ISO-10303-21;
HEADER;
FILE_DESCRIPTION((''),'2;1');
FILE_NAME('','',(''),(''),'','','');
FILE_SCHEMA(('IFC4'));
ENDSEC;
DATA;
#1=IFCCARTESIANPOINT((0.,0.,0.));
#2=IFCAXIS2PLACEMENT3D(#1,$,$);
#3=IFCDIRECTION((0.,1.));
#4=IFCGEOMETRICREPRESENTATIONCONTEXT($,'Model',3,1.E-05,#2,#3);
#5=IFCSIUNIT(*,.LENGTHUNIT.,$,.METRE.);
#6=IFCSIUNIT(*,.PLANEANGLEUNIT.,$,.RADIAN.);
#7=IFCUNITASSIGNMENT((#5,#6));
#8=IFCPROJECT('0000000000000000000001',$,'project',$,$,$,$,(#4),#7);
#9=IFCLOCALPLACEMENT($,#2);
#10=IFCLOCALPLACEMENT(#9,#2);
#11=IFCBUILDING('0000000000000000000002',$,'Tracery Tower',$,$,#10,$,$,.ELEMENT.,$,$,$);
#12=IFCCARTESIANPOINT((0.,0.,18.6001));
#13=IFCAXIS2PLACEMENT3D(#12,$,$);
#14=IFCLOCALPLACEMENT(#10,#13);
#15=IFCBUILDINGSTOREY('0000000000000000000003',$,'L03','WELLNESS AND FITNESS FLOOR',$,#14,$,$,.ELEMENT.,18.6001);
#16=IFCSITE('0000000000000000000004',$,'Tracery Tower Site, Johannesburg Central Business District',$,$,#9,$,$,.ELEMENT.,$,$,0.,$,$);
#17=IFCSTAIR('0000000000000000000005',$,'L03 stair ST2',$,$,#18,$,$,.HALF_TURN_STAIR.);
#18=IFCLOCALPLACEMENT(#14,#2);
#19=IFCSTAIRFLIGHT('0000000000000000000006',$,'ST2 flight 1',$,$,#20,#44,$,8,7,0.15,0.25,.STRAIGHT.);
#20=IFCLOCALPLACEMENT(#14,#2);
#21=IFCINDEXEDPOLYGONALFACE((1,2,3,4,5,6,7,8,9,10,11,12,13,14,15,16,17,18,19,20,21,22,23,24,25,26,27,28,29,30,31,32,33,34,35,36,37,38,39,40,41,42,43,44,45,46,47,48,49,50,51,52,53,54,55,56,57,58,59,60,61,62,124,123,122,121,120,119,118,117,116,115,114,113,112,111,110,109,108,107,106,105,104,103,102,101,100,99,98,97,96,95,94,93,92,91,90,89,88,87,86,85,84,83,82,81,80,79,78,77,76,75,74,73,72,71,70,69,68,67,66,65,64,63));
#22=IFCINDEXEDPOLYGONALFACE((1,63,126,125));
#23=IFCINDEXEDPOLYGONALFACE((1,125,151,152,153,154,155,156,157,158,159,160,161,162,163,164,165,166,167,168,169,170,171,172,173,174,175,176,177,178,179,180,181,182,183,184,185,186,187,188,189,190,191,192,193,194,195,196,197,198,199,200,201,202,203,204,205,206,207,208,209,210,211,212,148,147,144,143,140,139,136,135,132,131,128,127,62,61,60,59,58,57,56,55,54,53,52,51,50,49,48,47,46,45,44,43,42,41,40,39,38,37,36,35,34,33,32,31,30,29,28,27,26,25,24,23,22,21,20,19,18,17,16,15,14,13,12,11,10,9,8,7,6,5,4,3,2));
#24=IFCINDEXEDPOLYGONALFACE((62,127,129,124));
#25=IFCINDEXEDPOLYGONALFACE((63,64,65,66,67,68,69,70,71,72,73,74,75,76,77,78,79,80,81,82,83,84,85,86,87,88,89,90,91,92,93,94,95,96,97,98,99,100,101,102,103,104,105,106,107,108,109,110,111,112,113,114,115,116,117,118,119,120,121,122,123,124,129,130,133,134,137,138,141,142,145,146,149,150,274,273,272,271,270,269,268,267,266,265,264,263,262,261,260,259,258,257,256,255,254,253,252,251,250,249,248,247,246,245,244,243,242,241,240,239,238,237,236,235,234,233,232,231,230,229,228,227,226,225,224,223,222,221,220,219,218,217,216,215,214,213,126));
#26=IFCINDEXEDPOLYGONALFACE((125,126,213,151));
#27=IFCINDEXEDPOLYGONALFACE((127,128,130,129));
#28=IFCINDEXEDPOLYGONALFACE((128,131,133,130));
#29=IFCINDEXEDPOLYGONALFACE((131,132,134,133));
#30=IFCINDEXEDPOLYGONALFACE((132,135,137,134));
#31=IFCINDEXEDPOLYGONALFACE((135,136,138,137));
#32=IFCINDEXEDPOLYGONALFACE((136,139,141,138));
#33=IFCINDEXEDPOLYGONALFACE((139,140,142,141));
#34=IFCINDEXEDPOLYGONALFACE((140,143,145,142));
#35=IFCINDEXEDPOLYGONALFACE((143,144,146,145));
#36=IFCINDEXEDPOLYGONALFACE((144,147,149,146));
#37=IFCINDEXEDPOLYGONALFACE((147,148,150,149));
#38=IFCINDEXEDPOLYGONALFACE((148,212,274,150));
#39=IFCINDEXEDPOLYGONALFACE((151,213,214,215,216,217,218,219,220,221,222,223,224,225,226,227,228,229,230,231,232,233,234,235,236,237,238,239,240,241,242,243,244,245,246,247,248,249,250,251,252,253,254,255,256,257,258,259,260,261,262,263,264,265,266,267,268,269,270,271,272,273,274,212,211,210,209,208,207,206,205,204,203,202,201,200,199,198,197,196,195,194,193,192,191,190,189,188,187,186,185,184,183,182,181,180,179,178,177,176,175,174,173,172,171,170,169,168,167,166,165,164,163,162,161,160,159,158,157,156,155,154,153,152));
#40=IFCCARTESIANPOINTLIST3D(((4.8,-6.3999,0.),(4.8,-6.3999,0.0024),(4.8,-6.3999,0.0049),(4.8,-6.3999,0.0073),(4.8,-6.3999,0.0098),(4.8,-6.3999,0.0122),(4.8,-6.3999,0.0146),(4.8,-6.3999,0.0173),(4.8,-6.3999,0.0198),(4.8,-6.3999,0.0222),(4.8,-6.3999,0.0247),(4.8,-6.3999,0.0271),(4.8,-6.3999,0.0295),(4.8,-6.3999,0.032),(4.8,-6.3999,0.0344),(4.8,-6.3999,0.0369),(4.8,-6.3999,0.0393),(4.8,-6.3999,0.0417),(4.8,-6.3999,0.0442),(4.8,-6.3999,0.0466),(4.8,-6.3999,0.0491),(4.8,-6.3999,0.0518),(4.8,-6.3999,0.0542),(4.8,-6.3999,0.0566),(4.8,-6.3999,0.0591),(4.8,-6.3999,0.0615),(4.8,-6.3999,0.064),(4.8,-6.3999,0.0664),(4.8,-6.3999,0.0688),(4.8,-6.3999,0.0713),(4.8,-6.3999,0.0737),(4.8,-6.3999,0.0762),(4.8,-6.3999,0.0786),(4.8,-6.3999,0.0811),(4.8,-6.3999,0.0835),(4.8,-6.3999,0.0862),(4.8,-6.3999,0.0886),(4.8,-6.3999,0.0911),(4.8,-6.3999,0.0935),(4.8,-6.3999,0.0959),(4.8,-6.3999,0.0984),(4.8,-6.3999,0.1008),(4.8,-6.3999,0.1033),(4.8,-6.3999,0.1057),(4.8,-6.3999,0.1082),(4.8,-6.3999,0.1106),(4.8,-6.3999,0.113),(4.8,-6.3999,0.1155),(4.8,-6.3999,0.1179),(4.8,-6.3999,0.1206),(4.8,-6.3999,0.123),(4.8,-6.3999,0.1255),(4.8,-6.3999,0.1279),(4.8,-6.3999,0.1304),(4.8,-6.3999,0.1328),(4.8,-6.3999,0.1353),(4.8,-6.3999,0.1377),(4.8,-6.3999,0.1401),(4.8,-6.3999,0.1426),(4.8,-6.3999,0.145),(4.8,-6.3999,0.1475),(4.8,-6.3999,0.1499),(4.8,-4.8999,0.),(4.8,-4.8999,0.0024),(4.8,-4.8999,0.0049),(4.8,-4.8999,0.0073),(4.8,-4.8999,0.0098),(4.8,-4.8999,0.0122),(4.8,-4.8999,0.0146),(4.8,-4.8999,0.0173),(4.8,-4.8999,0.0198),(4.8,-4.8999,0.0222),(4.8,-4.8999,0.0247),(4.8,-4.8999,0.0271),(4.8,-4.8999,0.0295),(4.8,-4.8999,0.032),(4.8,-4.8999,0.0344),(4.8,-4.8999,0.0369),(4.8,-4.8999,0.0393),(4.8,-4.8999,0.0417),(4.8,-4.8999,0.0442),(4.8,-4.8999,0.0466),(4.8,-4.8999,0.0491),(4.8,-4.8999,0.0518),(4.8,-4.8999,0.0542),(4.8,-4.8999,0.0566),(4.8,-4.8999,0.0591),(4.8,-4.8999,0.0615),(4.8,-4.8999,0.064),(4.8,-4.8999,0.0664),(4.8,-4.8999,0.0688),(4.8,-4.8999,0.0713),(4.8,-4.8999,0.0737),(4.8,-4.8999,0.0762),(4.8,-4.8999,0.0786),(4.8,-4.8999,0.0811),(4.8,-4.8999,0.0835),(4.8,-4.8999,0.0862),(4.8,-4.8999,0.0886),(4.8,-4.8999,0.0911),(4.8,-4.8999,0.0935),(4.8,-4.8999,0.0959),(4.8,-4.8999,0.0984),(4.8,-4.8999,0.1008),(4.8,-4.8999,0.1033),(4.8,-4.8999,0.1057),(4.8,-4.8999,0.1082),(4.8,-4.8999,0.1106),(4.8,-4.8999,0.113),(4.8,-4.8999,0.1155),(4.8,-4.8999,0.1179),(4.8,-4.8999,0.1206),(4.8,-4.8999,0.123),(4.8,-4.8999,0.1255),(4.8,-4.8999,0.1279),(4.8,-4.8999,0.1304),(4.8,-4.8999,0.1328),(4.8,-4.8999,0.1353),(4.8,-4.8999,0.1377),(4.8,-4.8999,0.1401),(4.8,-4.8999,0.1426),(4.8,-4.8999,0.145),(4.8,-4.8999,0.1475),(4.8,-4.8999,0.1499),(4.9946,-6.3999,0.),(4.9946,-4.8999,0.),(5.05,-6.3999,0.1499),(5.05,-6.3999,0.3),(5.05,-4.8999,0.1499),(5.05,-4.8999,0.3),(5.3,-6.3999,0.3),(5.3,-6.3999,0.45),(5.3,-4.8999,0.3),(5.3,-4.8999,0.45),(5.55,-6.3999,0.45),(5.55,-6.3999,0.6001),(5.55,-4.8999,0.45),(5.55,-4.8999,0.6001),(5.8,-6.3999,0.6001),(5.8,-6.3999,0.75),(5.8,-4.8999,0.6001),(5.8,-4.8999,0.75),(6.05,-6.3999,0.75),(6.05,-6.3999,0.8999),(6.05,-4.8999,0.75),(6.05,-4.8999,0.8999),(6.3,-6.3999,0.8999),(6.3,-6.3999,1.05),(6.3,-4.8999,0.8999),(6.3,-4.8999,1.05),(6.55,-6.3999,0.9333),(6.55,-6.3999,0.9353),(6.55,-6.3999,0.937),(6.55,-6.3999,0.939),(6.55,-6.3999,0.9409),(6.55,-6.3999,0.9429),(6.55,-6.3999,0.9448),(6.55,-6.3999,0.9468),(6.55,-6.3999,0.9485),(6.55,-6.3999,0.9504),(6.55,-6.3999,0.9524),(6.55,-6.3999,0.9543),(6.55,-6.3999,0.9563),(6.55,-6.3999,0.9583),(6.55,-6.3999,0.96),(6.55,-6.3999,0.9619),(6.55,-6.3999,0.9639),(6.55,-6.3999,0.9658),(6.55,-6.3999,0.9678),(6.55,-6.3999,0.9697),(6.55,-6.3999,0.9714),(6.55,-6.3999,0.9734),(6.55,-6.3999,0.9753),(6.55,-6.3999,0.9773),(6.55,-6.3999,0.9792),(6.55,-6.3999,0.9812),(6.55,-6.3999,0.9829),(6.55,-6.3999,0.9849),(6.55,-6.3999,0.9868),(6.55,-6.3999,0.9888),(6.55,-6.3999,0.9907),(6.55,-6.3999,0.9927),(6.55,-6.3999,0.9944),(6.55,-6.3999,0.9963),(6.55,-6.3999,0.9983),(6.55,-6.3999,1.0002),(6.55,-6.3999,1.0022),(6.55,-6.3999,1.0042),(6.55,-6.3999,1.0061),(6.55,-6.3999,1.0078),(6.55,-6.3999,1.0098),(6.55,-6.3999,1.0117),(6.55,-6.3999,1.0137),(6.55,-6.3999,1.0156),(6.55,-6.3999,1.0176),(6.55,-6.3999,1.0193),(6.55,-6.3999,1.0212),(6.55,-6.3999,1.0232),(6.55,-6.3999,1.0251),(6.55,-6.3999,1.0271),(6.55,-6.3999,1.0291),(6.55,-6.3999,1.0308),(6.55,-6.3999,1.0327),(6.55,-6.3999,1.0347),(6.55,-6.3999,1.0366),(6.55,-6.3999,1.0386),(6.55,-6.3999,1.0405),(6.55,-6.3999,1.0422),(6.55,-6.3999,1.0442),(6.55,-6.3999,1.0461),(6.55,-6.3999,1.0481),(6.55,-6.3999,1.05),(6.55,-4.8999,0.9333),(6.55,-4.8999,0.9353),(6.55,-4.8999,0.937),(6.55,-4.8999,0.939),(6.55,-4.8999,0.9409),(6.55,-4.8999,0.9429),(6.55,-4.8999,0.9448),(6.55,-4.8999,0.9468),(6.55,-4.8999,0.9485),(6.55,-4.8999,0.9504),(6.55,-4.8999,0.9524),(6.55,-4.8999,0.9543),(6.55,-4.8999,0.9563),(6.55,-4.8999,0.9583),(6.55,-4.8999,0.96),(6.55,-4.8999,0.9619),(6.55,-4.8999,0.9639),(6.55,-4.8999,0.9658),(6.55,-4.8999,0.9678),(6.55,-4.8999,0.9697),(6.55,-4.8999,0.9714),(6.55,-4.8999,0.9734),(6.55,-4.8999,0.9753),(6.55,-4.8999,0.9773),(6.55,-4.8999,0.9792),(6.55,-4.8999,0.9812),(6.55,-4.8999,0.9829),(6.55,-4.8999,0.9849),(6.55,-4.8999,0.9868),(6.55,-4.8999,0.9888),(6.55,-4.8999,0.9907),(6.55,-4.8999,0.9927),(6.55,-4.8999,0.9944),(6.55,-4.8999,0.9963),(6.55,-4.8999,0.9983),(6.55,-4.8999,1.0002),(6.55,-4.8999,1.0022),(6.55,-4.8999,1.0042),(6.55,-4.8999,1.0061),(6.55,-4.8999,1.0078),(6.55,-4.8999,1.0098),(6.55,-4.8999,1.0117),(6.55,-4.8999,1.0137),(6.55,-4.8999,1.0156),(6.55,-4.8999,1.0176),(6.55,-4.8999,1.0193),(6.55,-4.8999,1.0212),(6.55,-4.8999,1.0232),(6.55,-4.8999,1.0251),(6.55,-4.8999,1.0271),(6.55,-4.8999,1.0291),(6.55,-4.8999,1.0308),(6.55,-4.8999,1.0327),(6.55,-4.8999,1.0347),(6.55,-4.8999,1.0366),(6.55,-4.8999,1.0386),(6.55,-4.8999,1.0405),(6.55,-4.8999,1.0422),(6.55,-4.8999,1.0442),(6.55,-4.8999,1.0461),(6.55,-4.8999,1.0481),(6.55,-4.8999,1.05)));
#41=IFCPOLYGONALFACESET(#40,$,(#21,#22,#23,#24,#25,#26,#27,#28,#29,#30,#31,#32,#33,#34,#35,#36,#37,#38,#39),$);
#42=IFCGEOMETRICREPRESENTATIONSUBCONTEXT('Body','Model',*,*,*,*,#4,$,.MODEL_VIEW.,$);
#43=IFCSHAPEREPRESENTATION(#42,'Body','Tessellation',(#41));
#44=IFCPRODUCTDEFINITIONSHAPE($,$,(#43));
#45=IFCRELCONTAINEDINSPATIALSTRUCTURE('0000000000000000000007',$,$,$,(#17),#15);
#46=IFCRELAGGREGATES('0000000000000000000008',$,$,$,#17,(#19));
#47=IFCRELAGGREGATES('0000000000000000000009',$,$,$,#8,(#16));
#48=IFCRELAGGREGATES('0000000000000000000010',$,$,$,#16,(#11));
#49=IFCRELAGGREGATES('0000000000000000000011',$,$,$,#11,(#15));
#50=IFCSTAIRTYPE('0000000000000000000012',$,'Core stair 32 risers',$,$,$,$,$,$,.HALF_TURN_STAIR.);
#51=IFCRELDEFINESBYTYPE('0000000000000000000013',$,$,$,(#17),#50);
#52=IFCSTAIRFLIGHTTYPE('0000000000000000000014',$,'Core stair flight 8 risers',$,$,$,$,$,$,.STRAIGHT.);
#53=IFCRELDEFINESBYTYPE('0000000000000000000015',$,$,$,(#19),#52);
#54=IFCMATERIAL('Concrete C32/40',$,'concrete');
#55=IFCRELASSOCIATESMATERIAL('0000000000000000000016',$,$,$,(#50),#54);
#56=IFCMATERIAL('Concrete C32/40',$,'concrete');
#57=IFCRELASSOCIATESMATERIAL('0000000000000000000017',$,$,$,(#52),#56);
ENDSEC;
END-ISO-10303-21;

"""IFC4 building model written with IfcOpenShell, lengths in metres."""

from ifc_helpers import new_model, si_unit, direction, frame, origin, place, context, subcontext, project, spatial, polyline, outline, extrude, material, type_object, element, aggregate, save


model = new_model("IFC4")

# Units and contexts
model_context = context("Model", 3, precision=1e-05, world=origin(), true_north=direction((0.0, 1.0)))
body_context = subcontext(model_context, "Body", "Model", "MODEL_VIEW")
ifc_project = project(units=[si_unit("LENGTHUNIT", "METRE"), si_unit("PLANEANGLEUNIT", "RADIAN")], contexts=[model_context])

# Site, building, storey
site_placement = place(None, origin())
site = spatial("IfcSite", under=ifc_project, at=site_placement, Name="Tracery Tower Site, Johannesburg Central Business District", CompositionType="ELEMENT", RefElevation=0.0)
building_placement = place(site_placement, origin())
building = spatial("IfcBuilding", under=site, at=building_placement, Name="Tracery Tower", CompositionType="ELEMENT")
storey_placement = place(building_placement, frame((0.0, 0.0, 18.6001)))
storey = spatial("IfcBuildingStorey", under=building, at=storey_placement, Name="L03", Description="WELLNESS AND FITNESS FLOOR", CompositionType="ELEMENT", Elevation=18.6001)

# Stair, stair flight
ifc_material_1 = material(Name="Concrete C32/40", Category="concrete")
stair_type = type_object("IfcStairType", Name="Core stair 32 risers", PredefinedType="HALF_TURN_STAIR", material=ifc_material_1)
stair_placement = place(storey_placement, origin())
stair = element("IfcStair", 1, at=stair_placement, inside=storey, type_object=stair_type, Name="L03 stair ST2", PredefinedType="HALF_TURN_STAIR")
ifc_material_2 = material(Name="Concrete C32/40", Category="concrete")
stair_flight_type = type_object("IfcStairFlightType", Name="Core stair flight 8 risers", PredefinedType="STRAIGHT", material=ifc_material_2)
stair_flight_1_placement = place(storey_placement, frame((4.8, -5.6499, 0.0), z_axis=(0.0, 0.0, 1.0), x_axis=(1.0, 0.0, 0.0)))
stair_flight_1 = element("IfcStairFlight", 2, at=stair_flight_1_placement, type_object=stair_flight_type, Name="ST2 flight 1", NumberOfRisers=8, NumberOfTreads=7, PredefinedType="STRAIGHT", RiserHeight=0.15, TreadLength=0.25, context=body_context, shape_type="SweptSolid", body=[
    extrude(outline(polyline([(0.0, 0.0), (0.0, 0.0024), (0.0, 0.0049), (0.0, 0.0073), (0.0, 0.0098), (0.0, 0.0122), (0.0, 0.0146), (0.0, 0.0173), (0.0, 0.0198), (0.0, 0.0222), (0.0, 0.0247), (0.0, 0.0271), (0.0, 0.0295), (0.0, 0.032), (0.0, 0.0344), (0.0, 0.0369), (0.0, 0.0393), (0.0, 0.0417), (0.0, 0.0442), (0.0, 0.0466), (0.0, 0.0491), (0.0, 0.0518), (0.0, 0.0542), (0.0, 0.0566), (0.0, 0.0591), (0.0, 0.0615), (0.0, 0.064), (0.0, 0.0664), (0.0, 0.0688), (0.0, 0.0713), (0.0, 0.0737), (0.0, 0.0762), (0.0, 0.0786), (0.0, 0.0811), (0.0, 0.0835), (0.0, 0.0862), (0.0, 0.0886), (0.0, 0.0911), (0.0, 0.0935), (0.0, 0.0959), (0.0, 0.0984), (0.0, 0.1008), (0.0, 0.1033), (0.0, 0.1057), (0.0, 0.1082), (0.0, 0.1106), (0.0, 0.113), (0.0, 0.1155), (0.0, 0.1179), (0.0, 0.1206), (0.0, 0.123), (0.0, 0.1255), (0.0, 0.1279), (0.0, 0.1304), (0.0, 0.1328), (0.0, 0.1353), (0.0, 0.1377), (0.0, 0.1401), (0.0, 0.1426), (0.0, 0.145), (0.0, 0.1475), (0.0, 0.1499), (0.25, 0.1499), (0.25, 0.3), (0.5, 0.3), (0.5, 0.45), (0.75, 0.45), (0.75, 0.6001), (1.0, 0.6001), (1.0, 0.75), (1.25, 0.75), (1.25, 0.8999), (1.5, 0.8999), (1.5, 1.05), (1.75, 1.05), (1.75, 1.0481), (1.75, 1.0461), (1.75, 1.0442), (1.75, 1.0422), (1.75, 1.0405), (1.75, 1.0386), (1.75, 1.0366), (1.75, 1.0347), (1.75, 1.0327), (1.75, 1.0308), (1.75, 1.0291), (1.75, 1.0271), (1.75, 1.0251), (1.75, 1.0232), (1.75, 1.0212), (1.75, 1.0193), (1.75, 1.0176), (1.75, 1.0156), (1.75, 1.0137), (1.75, 1.0117), (1.75, 1.0098), (1.75, 1.0078), (1.75, 1.0061), (1.75, 1.0042), (1.75, 1.0022), (1.75, 1.0002), (1.75, 0.9983), (1.75, 0.9963), (1.75, 0.9944), (1.75, 0.9927), (1.75, 0.9907), (1.75, 0.9888), (1.75, 0.9868), (1.75, 0.9849), (1.75, 0.9829), (1.75, 0.9812), (1.75, 0.9792), (1.75, 0.9773), (1.75, 0.9753), (1.75, 0.9734), (1.75, 0.9714), (1.75, 0.9697), (1.75, 0.9678), (1.75, 0.9658), (1.75, 0.9639), (1.75, 0.9619), (1.75, 0.96), (1.75, 0.9583), (1.75, 0.9563), (1.75, 0.9543), (1.75, 0.9524), (1.75, 0.9504), (1.75, 0.9485), (1.75, 0.9468), (1.75, 0.9448), (1.75, 0.9429), (1.75, 0.9409), (1.75, 0.939), (1.75, 0.937), (1.75, 0.9353), (1.75, 0.9333), (0.1946, 0.0), (0.0, 0.0)])), frame((0.0, 0.75, 0.0), z_axis=(0.0, -1.0, 0.0), x_axis=(1.0, 0.0, 0.0)), (0.0, 0.0, 1.0), 1.5),
])
aggregate(stair, [stair_flight_1])

save(model, "model.ifc")
